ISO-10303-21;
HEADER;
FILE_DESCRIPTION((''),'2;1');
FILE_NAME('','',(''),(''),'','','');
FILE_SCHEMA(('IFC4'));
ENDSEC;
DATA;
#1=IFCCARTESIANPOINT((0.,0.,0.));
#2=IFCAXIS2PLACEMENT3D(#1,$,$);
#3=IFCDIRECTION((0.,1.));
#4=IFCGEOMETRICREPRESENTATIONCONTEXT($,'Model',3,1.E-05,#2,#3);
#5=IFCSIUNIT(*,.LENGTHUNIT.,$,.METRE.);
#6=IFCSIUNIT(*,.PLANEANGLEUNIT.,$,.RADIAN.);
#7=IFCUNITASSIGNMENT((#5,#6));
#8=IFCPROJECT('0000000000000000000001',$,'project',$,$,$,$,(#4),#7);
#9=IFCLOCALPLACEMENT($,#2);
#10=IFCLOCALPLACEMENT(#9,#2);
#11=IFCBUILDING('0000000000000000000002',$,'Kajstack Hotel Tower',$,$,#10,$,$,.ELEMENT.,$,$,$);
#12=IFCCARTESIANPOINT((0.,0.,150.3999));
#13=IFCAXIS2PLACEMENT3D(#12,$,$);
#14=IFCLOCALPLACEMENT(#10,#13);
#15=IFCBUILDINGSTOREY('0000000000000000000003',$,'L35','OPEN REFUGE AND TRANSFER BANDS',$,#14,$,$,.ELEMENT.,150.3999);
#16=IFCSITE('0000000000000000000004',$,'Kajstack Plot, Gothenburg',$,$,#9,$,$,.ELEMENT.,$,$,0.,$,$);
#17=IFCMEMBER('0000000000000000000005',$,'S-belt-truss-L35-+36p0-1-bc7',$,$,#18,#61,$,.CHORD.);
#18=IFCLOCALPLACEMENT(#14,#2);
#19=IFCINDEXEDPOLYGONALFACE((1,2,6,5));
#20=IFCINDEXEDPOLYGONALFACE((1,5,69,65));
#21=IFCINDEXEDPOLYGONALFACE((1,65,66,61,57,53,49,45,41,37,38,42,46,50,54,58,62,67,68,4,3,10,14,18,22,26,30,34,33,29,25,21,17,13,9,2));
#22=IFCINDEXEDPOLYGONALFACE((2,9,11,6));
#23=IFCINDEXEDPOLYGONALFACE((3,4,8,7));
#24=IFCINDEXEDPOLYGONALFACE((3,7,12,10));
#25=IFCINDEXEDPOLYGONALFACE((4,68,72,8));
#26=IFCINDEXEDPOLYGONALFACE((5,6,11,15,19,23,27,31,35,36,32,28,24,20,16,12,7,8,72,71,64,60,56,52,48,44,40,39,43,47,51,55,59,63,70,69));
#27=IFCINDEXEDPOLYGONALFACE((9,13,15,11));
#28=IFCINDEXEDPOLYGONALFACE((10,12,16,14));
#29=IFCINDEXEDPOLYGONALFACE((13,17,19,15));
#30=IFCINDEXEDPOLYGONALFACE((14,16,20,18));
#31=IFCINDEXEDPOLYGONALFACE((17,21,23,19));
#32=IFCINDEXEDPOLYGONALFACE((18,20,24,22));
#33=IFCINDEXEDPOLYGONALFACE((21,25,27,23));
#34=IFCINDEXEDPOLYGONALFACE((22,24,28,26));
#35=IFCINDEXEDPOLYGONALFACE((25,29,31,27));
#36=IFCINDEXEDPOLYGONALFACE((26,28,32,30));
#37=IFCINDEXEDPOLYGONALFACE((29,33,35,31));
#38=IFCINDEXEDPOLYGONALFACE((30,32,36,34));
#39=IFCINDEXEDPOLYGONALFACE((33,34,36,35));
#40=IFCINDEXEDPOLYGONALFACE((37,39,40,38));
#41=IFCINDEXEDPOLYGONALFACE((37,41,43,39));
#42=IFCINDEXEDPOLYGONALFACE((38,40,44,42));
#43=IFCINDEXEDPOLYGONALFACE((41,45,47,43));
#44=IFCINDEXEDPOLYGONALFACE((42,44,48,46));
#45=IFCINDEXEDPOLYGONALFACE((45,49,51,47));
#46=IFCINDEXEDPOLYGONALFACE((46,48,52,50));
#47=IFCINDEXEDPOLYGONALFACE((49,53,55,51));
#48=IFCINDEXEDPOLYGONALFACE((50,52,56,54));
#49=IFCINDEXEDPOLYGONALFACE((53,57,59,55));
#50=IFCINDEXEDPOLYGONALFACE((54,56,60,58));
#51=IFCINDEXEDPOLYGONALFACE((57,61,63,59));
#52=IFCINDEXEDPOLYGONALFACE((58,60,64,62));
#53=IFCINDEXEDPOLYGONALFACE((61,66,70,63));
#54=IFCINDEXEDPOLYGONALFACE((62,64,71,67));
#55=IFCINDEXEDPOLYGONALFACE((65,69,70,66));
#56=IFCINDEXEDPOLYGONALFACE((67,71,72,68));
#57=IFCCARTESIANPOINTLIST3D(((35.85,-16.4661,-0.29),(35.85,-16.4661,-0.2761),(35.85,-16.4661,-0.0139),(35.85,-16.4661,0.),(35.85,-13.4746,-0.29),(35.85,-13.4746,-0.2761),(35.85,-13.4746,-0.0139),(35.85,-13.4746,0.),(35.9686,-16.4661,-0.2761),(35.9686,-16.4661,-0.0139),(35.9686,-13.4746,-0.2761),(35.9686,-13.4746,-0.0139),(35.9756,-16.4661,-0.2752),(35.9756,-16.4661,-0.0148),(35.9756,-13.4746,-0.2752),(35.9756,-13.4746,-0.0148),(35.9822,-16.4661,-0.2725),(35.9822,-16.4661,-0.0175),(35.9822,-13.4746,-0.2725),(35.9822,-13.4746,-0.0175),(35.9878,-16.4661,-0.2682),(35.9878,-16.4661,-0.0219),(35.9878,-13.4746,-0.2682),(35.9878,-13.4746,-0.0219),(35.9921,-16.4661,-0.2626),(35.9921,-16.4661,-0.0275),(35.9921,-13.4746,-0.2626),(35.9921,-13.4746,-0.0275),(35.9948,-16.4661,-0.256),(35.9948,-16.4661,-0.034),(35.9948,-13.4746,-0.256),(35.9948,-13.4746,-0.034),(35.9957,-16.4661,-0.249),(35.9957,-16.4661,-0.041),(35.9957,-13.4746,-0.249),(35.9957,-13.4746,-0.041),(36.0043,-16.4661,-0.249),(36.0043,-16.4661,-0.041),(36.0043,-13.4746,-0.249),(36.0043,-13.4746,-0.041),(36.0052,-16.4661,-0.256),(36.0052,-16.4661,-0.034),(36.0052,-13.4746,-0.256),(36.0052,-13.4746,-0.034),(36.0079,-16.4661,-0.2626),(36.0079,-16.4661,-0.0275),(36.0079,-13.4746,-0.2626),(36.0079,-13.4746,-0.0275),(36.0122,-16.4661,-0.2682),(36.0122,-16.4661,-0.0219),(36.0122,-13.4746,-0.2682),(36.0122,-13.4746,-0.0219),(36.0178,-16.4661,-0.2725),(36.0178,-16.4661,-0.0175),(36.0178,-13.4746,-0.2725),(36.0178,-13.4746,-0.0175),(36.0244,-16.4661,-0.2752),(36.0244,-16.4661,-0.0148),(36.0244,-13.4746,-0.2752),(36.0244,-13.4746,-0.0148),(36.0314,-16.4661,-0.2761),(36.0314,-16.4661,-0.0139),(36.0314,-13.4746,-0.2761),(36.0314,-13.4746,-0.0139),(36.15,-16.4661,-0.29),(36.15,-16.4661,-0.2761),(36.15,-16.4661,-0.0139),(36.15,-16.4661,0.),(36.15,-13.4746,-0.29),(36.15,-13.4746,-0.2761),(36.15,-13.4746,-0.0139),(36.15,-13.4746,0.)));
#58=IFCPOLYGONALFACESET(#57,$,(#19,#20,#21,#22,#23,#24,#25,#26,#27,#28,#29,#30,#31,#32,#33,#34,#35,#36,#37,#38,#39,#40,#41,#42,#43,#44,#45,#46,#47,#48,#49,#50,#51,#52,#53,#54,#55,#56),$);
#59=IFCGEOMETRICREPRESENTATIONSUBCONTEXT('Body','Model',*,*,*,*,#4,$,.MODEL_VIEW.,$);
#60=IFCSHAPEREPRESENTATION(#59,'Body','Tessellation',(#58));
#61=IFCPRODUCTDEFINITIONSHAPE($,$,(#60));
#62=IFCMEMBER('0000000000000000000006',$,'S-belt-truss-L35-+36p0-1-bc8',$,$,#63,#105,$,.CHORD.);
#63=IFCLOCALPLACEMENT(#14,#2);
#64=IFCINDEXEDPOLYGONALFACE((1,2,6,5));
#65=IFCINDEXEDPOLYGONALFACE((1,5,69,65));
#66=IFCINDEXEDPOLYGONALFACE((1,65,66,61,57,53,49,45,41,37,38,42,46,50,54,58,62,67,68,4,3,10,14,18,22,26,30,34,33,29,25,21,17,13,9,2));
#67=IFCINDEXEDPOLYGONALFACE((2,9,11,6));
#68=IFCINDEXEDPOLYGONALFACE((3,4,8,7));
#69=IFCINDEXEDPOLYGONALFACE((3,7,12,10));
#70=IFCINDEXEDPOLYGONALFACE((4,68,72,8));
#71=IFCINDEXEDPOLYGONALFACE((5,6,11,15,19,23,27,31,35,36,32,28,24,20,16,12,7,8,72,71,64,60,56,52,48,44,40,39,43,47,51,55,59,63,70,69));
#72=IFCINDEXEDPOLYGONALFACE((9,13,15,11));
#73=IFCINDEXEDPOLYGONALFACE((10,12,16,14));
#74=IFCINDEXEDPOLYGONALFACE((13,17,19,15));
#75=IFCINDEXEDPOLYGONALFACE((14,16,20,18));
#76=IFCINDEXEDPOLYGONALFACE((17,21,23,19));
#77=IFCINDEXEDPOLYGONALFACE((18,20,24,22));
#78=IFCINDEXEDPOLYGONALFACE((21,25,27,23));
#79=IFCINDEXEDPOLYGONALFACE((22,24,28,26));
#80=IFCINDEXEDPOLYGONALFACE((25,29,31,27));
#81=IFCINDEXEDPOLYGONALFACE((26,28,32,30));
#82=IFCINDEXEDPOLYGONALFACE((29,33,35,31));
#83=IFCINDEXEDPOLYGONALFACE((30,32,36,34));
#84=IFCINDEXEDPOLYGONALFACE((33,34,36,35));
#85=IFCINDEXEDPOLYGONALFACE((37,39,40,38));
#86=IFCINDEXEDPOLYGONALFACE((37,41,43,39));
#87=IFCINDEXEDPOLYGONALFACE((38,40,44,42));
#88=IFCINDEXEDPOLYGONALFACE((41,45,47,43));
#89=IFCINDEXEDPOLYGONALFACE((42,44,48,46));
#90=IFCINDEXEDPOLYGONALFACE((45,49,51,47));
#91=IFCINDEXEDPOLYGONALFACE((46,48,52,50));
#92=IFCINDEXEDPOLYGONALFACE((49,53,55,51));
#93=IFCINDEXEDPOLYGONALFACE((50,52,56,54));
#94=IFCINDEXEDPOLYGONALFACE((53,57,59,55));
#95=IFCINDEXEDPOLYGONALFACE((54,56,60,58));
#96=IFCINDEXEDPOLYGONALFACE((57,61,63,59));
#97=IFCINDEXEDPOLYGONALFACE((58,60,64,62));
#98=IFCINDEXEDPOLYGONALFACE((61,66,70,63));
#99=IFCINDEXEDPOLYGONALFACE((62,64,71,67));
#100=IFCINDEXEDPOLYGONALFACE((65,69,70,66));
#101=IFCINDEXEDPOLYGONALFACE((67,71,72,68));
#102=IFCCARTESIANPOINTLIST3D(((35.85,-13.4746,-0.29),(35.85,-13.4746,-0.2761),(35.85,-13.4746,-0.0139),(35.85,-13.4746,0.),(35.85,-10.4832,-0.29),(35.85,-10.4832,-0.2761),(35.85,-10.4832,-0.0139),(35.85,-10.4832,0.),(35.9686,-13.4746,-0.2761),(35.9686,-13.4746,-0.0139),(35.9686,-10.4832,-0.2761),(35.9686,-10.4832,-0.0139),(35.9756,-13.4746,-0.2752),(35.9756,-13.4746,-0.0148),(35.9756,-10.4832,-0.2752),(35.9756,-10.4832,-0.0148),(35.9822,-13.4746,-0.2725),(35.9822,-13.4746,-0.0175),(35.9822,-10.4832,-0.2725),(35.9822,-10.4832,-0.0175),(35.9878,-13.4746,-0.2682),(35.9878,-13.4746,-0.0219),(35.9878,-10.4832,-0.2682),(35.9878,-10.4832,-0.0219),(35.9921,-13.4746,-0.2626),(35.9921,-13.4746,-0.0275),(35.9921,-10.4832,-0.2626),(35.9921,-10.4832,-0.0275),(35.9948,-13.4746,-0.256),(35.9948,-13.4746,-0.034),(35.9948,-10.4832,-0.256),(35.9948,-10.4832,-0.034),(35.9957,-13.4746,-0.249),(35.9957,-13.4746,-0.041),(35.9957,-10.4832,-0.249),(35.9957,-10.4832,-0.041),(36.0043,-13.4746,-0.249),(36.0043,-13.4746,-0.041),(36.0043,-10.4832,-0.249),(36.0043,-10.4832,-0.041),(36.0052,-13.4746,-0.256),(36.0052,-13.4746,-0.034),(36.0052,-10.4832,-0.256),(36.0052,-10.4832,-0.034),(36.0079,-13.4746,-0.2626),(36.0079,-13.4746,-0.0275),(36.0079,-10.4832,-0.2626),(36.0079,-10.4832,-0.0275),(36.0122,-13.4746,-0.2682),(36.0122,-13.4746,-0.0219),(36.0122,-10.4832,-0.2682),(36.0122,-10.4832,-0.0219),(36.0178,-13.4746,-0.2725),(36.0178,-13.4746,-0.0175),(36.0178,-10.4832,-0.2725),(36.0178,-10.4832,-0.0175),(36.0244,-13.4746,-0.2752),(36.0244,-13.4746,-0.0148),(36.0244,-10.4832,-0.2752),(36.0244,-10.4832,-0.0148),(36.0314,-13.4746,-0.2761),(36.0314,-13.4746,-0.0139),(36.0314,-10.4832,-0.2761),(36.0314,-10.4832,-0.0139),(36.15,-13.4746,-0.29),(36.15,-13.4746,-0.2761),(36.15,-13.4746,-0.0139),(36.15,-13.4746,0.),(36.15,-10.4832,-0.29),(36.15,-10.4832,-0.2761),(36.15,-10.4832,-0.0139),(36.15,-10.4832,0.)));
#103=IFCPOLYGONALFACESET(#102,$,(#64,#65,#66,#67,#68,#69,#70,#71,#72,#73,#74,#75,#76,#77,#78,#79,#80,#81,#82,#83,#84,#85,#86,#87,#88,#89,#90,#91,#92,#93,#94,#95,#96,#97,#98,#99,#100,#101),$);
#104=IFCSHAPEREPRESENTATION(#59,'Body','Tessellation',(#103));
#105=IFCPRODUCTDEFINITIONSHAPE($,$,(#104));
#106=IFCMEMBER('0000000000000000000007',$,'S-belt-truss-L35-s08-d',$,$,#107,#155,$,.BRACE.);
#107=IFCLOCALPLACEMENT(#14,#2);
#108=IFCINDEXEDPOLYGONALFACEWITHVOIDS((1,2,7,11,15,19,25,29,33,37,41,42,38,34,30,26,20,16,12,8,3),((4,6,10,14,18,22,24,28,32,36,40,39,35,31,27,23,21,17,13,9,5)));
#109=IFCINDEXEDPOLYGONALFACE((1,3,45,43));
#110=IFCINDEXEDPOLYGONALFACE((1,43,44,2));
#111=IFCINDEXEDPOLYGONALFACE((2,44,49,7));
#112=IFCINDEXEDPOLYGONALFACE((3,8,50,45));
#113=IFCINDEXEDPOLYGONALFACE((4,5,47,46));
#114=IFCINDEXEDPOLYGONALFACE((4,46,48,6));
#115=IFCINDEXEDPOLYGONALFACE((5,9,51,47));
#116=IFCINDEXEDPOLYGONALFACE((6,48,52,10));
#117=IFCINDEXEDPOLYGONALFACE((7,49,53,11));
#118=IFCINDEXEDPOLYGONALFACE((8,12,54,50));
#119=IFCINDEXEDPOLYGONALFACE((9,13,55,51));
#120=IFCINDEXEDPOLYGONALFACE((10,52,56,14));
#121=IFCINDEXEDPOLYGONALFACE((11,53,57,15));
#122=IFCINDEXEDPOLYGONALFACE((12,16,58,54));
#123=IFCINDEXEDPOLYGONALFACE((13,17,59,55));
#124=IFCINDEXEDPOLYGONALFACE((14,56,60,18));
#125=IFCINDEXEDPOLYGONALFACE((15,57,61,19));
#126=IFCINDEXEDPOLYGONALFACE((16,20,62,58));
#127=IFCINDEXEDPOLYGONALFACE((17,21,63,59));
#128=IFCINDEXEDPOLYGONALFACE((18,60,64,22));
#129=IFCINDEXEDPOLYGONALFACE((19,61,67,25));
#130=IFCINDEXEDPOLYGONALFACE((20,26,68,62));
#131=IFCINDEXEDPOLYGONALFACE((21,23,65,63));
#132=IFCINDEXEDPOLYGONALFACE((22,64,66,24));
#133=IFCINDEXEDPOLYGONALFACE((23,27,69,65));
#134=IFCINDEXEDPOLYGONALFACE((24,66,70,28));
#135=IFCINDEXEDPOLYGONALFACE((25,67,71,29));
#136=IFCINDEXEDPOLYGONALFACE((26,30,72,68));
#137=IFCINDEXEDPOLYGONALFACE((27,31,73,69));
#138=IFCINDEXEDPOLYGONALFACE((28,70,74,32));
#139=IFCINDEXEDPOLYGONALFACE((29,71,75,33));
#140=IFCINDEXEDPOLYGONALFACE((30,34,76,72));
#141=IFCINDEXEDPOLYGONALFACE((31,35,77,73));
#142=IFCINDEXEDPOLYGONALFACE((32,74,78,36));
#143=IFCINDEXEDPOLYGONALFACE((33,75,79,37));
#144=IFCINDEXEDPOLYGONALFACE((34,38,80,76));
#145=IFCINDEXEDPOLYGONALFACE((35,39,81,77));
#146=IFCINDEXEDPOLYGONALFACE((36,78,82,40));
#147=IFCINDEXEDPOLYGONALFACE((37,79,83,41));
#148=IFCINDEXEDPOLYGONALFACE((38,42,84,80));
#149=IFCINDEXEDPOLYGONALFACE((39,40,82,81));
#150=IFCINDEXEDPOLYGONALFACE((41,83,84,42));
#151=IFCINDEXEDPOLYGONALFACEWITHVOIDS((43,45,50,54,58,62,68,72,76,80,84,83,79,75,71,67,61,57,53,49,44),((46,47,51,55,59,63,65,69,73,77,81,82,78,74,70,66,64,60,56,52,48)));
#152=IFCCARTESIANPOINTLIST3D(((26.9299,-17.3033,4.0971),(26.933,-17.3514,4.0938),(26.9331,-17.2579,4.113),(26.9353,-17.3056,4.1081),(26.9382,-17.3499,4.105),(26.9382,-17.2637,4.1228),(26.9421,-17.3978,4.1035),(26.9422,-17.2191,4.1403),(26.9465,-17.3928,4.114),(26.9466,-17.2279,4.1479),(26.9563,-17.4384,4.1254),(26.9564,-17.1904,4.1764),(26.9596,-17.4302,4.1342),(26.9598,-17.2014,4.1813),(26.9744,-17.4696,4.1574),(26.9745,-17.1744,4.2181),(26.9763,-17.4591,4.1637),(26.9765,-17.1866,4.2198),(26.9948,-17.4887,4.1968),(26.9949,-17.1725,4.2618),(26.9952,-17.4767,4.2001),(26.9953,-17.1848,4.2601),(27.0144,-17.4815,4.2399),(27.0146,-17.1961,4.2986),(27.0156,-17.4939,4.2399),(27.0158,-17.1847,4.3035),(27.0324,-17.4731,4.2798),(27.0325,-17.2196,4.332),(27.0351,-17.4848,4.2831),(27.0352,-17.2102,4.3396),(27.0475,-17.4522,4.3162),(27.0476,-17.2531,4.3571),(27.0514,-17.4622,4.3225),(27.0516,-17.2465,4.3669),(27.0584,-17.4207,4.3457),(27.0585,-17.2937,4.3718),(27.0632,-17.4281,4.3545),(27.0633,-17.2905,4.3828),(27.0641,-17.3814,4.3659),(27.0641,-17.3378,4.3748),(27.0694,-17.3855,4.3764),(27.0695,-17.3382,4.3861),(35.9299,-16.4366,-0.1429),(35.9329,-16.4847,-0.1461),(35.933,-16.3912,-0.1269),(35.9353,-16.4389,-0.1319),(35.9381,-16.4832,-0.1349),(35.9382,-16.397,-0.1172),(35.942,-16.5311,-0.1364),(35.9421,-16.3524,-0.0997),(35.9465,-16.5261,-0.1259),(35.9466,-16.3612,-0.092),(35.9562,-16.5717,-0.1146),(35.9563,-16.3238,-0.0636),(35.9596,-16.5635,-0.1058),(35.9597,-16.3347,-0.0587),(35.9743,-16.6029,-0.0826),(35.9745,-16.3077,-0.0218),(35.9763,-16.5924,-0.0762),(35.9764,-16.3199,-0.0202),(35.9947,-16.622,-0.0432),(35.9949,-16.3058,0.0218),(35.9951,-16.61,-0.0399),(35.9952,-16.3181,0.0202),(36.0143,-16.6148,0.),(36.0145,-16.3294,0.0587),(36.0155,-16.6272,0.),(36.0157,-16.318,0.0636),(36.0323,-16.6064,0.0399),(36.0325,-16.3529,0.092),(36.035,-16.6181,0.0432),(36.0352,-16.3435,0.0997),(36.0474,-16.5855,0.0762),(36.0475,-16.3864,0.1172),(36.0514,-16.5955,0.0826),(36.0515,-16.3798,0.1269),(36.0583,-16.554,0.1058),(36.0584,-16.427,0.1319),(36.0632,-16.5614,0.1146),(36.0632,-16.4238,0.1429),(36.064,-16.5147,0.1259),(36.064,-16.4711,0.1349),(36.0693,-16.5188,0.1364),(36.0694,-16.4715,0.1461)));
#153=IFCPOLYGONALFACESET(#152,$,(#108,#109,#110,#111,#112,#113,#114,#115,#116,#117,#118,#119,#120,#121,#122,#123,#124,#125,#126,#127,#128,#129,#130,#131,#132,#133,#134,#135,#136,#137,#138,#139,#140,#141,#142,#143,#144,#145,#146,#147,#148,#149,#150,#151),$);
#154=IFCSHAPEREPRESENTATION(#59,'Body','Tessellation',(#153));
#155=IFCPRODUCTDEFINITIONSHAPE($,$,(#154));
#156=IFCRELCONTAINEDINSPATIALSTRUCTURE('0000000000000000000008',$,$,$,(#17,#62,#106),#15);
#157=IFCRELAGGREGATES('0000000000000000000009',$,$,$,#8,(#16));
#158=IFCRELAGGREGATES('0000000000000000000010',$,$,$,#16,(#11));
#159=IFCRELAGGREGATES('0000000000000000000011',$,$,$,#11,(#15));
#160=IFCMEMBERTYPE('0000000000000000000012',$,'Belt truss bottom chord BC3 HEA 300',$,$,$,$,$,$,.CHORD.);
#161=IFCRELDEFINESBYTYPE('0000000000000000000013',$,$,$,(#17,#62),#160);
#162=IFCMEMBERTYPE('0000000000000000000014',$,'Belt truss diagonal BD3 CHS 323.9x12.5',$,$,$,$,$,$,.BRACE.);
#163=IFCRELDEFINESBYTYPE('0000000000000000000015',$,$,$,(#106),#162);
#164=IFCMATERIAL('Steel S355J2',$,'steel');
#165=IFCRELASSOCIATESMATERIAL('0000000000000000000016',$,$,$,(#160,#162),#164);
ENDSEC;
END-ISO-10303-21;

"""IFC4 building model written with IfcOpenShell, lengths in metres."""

from ifc_helpers import new_model, si_unit, direction, frame, origin, origin_2d, place, context, subcontext, project, spatial, hollow_circle, i_section, extrude, material, material_profile, profile_set, type_object, element, save


model = new_model("IFC4")

# Units and contexts
model_context = context("Model", 3, precision=1e-05, world=origin(), true_north=direction((0.0, 1.0)))
body_context = subcontext(model_context, "Body", "Model", "MODEL_VIEW")
ifc_project = project(units=[si_unit("LENGTHUNIT", "METRE"), si_unit("PLANEANGLEUNIT", "RADIAN")], contexts=[model_context])

# Site, building, storey
site_placement = place(None, origin())
site = spatial("IfcSite", under=ifc_project, at=site_placement, Name="Kajstack Plot, Gothenburg", CompositionType="ELEMENT", RefElevation=0.0)
building_placement = place(site_placement, origin())
building = spatial("IfcBuilding", under=site, at=building_placement, Name="Kajstack Hotel Tower", CompositionType="ELEMENT")
storey_placement = place(building_placement, frame((0.0, 0.0, 150.3999)))
storey = spatial("IfcBuildingStorey", under=building, at=storey_placement, Name="L35", Description="OPEN REFUGE AND TRANSFER BANDS", CompositionType="ELEMENT", Elevation=150.3999)

# Members
ifc_material_1 = material(Name="Steel S355J2", Category="steel")
ifc_material_profile_1 = material_profile(ifc_material_1, i_section(OverallWidth=0.3, OverallDepth=0.29, WebThickness=0.0085, FlangeThickness=0.0139, FilletRadius=0.0271, at=origin_2d()), Name="HEA 300")
ifc_profile_set_1 = profile_set([ifc_material_profile_1], Name="Steel S355J2")
member_type_1 = type_object("IfcMemberType", Name="Belt truss bottom chord BC3 HEA 300", PredefinedType="CHORD", material=ifc_profile_set_1)
for number, where, z_axis, x_axis, name in (
    (1, (36.0, -16.4661, -0.145), (0.0, 1.0, 0.0), (-1.0, 0.0, 0.0), "S-belt-truss-L35-+36p0-1-bc7"),
    (2, (36.0, -13.4746, -0.145), (0.0, 1.0, 0.0), (-1.0, 0.0, 0.0), "S-belt-truss-L35-+36p0-1-bc8"),
):
    element("IfcMember", number, at=place(storey_placement, frame(where, z_axis=z_axis, x_axis=x_axis)), inside=storey, type_object=member_type_1, Name=name, PredefinedType="CHORD", context=body_context, shape_type="SweptSolid", body=[
        extrude(i_section(OverallWidth=0.3, OverallDepth=0.29, WebThickness=0.0085, FlangeThickness=0.0139, FilletRadius=0.0271, at=origin_2d()), origin(), (0.0, 0.0, 1.0), 2.9915),
    ])
ifc_material_profile_2 = material_profile(ifc_material_1, hollow_circle(Radius=0.1619, WallThickness=0.0125, at=origin_2d()), Name="CHS 323.9x12.5")
ifc_profile_set_2 = profile_set([ifc_material_profile_2], Name="Steel S355J2")
member_type_2 = type_object("IfcMemberType", Name="Belt truss diagonal BD3 CHS 323.9x12.5", PredefinedType="BRACE", material=ifc_profile_set_2)
member_1_placement = place(storey_placement, frame((36.0, -16.4661, 0.0), z_axis=(-0.901223, -0.086788, 0.424575), x_axis=(0.095856, -0.995395, 0.0)))
element("IfcMember", 3, at=member_1_placement, inside=storey, type_object=member_type_2, Name="S-belt-truss-L35-s08-d", PredefinedType="BRACE", context=body_context, shape_type="SweptSolid", body=[
    extrude(hollow_circle(Radius=0.1619, WallThickness=0.0125, at=origin_2d()), origin(), (0.0, 0.0, 1.0), 9.9863),
])

save(model, "model.ifc")
